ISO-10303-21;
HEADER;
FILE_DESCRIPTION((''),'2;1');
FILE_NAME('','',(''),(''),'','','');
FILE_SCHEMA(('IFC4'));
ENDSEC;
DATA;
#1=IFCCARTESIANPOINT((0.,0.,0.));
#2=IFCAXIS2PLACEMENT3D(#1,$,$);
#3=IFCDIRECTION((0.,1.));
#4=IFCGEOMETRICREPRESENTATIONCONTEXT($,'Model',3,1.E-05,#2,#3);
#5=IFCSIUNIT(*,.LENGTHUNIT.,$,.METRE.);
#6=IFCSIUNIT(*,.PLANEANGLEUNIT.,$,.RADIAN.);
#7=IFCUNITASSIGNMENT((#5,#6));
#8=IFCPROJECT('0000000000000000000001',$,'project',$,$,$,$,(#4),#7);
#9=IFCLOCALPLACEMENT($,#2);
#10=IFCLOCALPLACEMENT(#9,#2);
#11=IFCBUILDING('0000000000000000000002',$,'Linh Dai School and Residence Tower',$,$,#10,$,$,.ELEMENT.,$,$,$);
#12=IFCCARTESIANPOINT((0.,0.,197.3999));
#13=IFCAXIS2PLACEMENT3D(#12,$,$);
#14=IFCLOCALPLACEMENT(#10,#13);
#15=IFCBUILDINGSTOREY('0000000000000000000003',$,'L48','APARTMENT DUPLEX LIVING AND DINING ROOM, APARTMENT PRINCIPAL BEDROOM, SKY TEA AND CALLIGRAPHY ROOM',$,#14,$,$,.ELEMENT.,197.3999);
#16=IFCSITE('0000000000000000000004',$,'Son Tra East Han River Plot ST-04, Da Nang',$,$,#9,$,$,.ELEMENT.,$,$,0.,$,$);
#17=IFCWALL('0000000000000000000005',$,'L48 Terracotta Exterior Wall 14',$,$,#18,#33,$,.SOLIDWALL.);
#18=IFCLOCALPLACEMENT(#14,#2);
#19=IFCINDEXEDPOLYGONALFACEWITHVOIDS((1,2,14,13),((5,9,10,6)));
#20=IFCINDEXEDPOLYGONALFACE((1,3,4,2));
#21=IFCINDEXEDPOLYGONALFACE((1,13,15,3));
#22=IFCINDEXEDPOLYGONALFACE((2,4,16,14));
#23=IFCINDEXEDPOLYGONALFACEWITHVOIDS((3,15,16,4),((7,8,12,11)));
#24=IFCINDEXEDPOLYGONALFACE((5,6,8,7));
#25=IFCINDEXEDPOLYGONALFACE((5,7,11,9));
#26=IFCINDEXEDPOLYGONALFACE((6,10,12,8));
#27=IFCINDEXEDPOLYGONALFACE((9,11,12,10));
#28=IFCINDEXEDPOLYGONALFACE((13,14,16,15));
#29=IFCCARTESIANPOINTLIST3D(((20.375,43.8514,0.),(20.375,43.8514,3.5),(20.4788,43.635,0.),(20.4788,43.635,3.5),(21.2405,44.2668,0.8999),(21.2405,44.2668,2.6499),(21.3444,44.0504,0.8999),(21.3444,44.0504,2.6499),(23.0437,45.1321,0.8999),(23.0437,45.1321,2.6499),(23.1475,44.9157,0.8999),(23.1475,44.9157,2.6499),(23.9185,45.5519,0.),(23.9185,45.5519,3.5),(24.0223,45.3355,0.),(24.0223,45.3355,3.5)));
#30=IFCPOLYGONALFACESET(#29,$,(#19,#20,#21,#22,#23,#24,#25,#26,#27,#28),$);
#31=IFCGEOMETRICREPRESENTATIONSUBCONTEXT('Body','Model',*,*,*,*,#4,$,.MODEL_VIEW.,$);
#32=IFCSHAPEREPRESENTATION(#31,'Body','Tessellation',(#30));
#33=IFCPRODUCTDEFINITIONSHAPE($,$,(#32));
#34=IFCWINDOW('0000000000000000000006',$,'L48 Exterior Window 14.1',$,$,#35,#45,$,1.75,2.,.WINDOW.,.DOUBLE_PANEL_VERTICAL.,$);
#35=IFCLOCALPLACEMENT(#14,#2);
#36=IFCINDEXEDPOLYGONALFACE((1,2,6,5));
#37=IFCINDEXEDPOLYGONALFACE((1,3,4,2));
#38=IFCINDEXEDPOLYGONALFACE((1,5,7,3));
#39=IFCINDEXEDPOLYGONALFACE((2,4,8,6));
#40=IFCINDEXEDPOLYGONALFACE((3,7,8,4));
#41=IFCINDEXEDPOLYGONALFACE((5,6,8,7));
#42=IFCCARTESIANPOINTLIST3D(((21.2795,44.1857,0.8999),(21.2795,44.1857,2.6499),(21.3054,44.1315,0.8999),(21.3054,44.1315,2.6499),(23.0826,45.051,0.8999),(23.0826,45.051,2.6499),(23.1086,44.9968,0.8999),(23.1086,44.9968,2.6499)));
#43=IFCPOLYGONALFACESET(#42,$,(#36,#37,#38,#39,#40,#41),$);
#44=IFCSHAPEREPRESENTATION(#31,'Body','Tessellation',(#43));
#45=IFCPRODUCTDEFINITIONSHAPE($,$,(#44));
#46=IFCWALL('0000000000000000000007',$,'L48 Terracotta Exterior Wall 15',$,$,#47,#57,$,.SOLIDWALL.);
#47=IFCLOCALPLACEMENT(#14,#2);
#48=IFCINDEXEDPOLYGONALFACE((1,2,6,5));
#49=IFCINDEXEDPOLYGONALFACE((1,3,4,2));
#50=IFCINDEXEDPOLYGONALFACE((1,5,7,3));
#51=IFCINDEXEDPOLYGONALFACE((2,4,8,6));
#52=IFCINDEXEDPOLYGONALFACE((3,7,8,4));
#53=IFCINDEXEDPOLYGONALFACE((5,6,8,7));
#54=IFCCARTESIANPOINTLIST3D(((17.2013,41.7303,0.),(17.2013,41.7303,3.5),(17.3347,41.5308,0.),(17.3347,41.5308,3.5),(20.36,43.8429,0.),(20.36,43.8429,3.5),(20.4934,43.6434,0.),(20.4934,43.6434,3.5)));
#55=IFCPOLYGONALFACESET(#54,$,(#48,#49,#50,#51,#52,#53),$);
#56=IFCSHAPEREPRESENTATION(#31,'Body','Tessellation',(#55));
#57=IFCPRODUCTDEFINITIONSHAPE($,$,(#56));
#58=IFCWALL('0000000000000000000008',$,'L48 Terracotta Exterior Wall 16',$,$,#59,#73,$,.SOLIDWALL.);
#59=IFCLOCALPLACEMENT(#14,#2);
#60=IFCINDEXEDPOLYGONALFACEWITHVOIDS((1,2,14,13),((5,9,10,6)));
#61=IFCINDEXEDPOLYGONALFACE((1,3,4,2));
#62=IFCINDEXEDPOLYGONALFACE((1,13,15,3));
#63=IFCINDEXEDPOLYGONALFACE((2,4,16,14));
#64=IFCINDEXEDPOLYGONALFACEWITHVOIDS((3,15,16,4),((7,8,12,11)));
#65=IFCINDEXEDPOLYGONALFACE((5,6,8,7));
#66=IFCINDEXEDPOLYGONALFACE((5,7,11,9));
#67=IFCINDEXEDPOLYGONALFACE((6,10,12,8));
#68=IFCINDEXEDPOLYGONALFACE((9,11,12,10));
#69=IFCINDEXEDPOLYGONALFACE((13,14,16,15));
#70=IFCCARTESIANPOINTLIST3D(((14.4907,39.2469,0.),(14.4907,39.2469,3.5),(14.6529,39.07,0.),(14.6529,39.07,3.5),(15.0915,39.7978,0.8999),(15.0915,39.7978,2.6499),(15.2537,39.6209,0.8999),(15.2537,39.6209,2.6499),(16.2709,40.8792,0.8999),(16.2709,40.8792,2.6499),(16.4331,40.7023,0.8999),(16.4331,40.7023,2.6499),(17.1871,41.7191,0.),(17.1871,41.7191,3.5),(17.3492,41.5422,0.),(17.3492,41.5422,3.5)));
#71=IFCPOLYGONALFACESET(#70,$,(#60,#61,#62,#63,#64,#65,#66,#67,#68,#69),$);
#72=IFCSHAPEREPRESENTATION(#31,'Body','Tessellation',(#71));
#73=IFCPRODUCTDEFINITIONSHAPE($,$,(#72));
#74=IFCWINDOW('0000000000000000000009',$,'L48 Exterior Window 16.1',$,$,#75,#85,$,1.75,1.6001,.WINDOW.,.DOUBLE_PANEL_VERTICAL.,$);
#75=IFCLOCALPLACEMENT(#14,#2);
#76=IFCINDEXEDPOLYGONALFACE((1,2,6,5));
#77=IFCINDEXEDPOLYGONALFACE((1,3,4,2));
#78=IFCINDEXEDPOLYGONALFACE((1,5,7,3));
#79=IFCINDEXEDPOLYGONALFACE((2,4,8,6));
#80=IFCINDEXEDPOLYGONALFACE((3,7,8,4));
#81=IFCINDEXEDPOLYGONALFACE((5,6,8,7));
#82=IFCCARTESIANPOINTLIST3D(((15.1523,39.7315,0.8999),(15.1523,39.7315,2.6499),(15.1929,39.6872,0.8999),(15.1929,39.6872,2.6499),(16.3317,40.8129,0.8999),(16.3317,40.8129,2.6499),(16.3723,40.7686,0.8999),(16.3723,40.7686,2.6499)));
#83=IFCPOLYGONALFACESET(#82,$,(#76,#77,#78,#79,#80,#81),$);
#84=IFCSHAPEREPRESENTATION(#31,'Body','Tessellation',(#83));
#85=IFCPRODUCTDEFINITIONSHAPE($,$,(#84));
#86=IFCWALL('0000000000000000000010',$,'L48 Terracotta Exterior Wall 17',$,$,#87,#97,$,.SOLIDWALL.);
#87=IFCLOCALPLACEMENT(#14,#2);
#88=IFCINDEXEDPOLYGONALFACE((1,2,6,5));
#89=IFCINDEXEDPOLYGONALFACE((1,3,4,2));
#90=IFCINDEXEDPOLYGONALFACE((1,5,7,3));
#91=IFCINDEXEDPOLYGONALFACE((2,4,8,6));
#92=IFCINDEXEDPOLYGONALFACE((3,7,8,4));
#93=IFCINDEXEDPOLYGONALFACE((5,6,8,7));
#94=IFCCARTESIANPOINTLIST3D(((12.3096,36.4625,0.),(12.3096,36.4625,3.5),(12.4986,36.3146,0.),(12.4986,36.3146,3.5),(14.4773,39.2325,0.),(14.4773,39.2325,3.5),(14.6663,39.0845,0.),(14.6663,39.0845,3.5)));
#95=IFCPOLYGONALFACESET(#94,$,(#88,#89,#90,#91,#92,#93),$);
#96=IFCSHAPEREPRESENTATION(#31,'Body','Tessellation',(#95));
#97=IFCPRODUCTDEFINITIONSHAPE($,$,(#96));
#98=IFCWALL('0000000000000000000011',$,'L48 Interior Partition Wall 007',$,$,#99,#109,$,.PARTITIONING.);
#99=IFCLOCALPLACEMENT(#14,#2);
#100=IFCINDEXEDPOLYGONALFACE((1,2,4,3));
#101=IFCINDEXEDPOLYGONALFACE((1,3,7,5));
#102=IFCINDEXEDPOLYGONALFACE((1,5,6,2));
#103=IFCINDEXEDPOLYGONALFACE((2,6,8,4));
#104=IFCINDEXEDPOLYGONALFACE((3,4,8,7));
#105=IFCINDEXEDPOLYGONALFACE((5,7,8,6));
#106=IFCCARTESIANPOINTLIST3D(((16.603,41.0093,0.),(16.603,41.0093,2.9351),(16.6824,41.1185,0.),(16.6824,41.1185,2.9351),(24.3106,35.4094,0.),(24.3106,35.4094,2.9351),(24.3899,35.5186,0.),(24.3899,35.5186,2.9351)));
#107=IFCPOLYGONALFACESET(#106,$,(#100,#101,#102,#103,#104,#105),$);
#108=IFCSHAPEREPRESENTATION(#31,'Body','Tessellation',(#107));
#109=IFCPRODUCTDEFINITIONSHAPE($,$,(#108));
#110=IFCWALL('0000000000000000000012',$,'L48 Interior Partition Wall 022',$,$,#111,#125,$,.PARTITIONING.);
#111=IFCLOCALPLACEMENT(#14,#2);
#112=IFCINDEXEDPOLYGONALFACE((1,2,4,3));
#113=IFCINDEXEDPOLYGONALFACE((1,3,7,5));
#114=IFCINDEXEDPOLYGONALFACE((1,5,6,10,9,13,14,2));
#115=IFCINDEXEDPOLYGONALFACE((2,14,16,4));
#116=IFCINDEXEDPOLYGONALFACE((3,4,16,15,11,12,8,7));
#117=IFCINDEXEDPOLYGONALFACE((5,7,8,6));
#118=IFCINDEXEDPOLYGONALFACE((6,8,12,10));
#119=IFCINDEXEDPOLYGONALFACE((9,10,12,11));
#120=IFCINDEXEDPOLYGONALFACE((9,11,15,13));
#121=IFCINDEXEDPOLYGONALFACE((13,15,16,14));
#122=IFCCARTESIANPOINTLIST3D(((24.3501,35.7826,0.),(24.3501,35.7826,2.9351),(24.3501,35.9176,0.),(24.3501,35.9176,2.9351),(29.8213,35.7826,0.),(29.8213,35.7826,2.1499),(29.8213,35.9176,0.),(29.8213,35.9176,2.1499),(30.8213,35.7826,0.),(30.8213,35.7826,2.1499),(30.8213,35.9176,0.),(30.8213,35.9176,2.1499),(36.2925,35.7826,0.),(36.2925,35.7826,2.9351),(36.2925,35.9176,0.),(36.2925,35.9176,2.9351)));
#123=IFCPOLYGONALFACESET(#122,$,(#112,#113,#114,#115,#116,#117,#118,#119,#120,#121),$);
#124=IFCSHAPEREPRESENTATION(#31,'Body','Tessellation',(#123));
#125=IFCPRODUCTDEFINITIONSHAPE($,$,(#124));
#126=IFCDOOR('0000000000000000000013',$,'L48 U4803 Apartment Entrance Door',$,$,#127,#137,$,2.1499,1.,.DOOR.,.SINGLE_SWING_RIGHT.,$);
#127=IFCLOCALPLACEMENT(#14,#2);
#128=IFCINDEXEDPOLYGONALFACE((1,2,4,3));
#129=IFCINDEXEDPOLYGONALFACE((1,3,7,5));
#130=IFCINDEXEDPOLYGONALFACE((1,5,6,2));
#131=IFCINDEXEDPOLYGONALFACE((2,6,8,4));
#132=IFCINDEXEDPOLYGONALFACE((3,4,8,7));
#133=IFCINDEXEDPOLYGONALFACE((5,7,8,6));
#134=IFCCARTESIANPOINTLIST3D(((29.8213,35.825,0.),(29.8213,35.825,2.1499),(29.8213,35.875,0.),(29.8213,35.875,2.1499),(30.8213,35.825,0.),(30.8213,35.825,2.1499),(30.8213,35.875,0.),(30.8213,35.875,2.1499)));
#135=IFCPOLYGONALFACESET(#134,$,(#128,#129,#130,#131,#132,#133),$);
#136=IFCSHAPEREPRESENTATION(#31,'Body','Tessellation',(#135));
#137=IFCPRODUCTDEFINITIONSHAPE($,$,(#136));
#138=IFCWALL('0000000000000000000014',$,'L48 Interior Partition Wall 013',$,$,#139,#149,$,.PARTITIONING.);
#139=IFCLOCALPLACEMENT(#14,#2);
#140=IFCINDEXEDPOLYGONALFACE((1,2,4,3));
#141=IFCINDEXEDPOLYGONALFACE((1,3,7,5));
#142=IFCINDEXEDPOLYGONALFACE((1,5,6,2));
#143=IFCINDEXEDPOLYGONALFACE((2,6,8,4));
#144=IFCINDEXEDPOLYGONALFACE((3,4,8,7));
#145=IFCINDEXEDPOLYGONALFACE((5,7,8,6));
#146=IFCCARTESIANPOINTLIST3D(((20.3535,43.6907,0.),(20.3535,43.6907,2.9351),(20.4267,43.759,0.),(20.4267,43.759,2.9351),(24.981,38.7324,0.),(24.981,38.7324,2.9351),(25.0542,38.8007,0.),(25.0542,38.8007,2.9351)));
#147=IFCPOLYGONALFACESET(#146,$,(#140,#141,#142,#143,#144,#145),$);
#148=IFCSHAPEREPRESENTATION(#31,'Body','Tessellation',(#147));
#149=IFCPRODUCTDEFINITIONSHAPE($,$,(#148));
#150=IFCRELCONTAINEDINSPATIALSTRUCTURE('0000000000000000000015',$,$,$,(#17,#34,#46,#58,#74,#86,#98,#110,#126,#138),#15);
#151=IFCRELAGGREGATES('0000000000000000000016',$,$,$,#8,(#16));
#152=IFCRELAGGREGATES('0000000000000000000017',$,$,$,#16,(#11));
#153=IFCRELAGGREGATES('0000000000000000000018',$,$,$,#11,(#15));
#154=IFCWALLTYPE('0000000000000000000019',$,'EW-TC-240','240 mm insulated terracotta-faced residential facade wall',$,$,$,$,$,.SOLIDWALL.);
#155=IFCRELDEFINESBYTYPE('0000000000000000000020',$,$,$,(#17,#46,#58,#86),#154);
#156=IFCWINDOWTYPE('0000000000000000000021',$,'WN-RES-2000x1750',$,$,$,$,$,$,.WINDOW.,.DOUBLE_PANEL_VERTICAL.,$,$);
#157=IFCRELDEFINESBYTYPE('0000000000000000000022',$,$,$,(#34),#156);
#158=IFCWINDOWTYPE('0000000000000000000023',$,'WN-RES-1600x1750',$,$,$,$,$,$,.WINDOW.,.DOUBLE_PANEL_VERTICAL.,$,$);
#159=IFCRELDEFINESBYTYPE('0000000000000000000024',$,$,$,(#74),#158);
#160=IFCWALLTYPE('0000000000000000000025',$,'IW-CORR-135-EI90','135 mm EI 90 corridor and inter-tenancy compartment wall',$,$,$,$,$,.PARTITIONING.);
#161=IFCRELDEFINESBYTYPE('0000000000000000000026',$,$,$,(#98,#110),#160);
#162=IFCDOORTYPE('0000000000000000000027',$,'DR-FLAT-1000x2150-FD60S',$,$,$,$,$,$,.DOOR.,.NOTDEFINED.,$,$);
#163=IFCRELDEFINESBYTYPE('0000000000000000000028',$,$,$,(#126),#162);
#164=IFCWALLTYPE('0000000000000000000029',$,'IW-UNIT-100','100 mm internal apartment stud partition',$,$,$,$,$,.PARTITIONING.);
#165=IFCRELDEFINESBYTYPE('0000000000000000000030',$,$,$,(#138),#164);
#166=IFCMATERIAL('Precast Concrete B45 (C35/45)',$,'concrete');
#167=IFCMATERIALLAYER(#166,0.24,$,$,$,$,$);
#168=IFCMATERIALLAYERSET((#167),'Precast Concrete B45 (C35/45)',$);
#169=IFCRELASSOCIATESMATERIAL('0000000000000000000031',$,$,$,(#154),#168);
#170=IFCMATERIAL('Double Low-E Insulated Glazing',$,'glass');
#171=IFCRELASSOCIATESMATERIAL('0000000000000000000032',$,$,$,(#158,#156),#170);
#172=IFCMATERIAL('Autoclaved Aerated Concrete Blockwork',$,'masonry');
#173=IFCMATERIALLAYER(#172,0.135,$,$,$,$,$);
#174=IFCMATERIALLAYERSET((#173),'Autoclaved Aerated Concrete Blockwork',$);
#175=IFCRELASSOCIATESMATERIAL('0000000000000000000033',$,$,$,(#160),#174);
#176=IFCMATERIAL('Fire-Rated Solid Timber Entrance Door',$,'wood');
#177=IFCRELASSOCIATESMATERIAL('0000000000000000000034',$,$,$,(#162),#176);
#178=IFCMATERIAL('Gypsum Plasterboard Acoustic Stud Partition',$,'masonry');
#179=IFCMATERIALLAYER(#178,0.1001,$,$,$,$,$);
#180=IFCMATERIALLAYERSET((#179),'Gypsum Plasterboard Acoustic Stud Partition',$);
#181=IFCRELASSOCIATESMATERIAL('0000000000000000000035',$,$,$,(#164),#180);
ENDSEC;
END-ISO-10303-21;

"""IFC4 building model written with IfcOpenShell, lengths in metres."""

from ifc_helpers import new_model, si_unit, direction, frame, frame_2d, origin, origin_2d, place, context, subcontext, project, spatial, rectangle, extrude, source, transform, mapped, material, layer, layer_set, type_object, element, fill, save


model = new_model("IFC4")

# Units and contexts
model_context = context("Model", 3, precision=1e-05, world=origin(), true_north=direction((0.0, 1.0)))
body_context = subcontext(model_context, "Body", "Model", "MODEL_VIEW")
ifc_project = project(units=[si_unit("LENGTHUNIT", "METRE"), si_unit("PLANEANGLEUNIT", "RADIAN")], contexts=[model_context])

# Site, building, storey
site_placement = place(None, origin())
site = spatial("IfcSite", under=ifc_project, at=site_placement, Name="Son Tra East Han River Plot ST-04, Da Nang", CompositionType="ELEMENT", RefElevation=0.0)
building_placement = place(site_placement, origin())
building = spatial("IfcBuilding", under=site, at=building_placement, Name="Linh Dai School and Residence Tower", CompositionType="ELEMENT")
storey_placement = place(building_placement, frame((0.0, 0.0, 197.3999)))
storey = spatial("IfcBuildingStorey", under=building, at=storey_placement, Name="L48", Description="APARTMENT DUPLEX LIVING AND DINING ROOM, APARTMENT PRINCIPAL BEDROOM, SKY TEA AND CALLIGRAPHY ROOM", CompositionType="ELEMENT", Elevation=197.3999)

# Shared definitions
ifc_material_1 = material(Name="Precast Concrete B45 (C35/45)", Category="concrete")

# Wall, opening, window
ifc_layer_1 = layer(ifc_material_1, 0.24)
ifc_layer_set_1 = layer_set([ifc_layer_1], Name="Precast Concrete B45 (C35/45)")
wall_type_1 = type_object("IfcWallType", Name="EW-TC-240", Description="240 mm insulated terracotta-faced residential facade wall", PredefinedType="SOLIDWALL", material=ifc_layer_set_1)
ifc_material_2 = material(Name="Double Low-E Insulated Glazing", Category="glass")
window_type_1 = type_object("IfcWindowType", Name="WN-RES-1600x1750", PartitioningType="DOUBLE_PANEL_VERTICAL", PredefinedType="WINDOW", material=ifc_material_2)
shared_shape_1 = source(origin(), body_context, "Body", "SweptSolid", [
    extrude(rectangle(XDim=1.6001, YDim=1.75, at=origin_2d()), frame((0.8, 0.03, 0.875), z_axis=(0.0, -1.0, 0.0), x_axis=(1.0, 0.0, 0.0)), (0.0, 0.0, 1.0), 0.0601),
])
wall_1_placement = place(storey_placement, frame((20.4268, 43.7432, 0.0), z_axis=(0.0, 0.0, 1.0), x_axis=(0.901565, 0.432644, 0.0)))
wall_1 = element("IfcWall", 1, at=wall_1_placement, inside=storey, type_object=wall_type_1, Name="L48 Terracotta Exterior Wall 14", PredefinedType="SOLIDWALL", context=body_context, shape_type="SweptSolid", body=[
    extrude(rectangle(XDim=3.9304, YDim=0.24, at=frame_2d((1.9653, 0.0))), origin(), (0.0, 0.0, 1.0), 3.5),
])
opening_1_placement = place(wall_1_placement, frame((0.9602, 0.0, 0.8999)))
opening_1 = element("IfcOpeningElement", 2, at=opening_1_placement, cuts=wall_1, PredefinedType="OPENING", context=body_context, shape_type="SweptSolid", body=[
    extrude(rectangle(XDim=2.0, YDim=1.75, at=origin_2d()), frame((1.0, 0.1299, 0.875), z_axis=(0.0, -1.0, 0.0), x_axis=(1.0, 0.0, 0.0)), (0.0, 0.0, 1.0), 0.26),
])
window_type_2 = type_object("IfcWindowType", Name="WN-RES-2000x1750", PartitioningType="DOUBLE_PANEL_VERTICAL", PredefinedType="WINDOW", material=ifc_material_2)
shared_shape_2 = source(origin(), body_context, "Body", "SweptSolid", [
    extrude(rectangle(XDim=2.0, YDim=1.75, at=origin_2d()), frame((1.0, 0.03, 0.875), z_axis=(0.0, -1.0, 0.0), x_axis=(1.0, 0.0, 0.0)), (0.0, 0.0, 1.0), 0.0601),
])
window_1_placement = place(opening_1_placement, origin())
window_1 = element("IfcWindow", 3, at=window_1_placement, inside=storey, type_object=window_type_2, Name="L48 Exterior Window 14.1", OverallHeight=1.75, OverallWidth=2.0, PartitioningType="DOUBLE_PANEL_VERTICAL", PredefinedType="WINDOW", context=body_context, shape_type="MappedRepresentation", body=[
    mapped(shared_shape_2, transform((0.0, 0.0, 0.0), x_axis=(1.0, 0.0, 0.0), y_axis=(0.0, 1.0, 0.0), z_axis=(0.0, 0.0, 1.0), scale=1.0)),
])
fill(opening_1, window_1)

# Wall
wall_2_placement = place(storey_placement, frame((17.2681, 41.6306, 0.0), z_axis=(0.0, 0.0, 1.0), x_axis=(0.831229, 0.55593, 0.0)))
element("IfcWall", 4, at=wall_2_placement, inside=storey, type_object=wall_type_1, Name="L48 Terracotta Exterior Wall 15", PredefinedType="SOLIDWALL", context=body_context, shape_type="SweptSolid", body=[
    extrude(rectangle(XDim=3.8, YDim=0.24, at=frame_2d((1.8999, 0.0))), origin(), (0.0, 0.0, 1.0), 3.5),
])

# Wall, opening, window
wall_3_placement = place(storey_placement, frame((14.5718, 39.1584, 0.0), z_axis=(0.0, 0.0, 1.0), x_axis=(0.737077, 0.675809, 0.0)))
wall_3 = element("IfcWall", 5, at=wall_3_placement, inside=storey, type_object=wall_type_1, Name="L48 Terracotta Exterior Wall 16", PredefinedType="SOLIDWALL", context=body_context, shape_type="SweptSolid", body=[
    extrude(rectangle(XDim=3.6582, YDim=0.24, at=frame_2d((1.8291, 0.0))), origin(), (0.0, 0.0, 1.0), 3.5),
])
opening_2_placement = place(wall_3_placement, frame((0.8152, 0.0, 0.8999)))
opening_2 = element("IfcOpeningElement", 6, at=opening_2_placement, cuts=wall_3, PredefinedType="OPENING", context=body_context, shape_type="SweptSolid", body=[
    extrude(rectangle(XDim=1.6001, YDim=1.75, at=origin_2d()), frame((0.8, 0.1299, 0.875), z_axis=(0.0, -1.0, 0.0), x_axis=(1.0, 0.0, 0.0)), (0.0, 0.0, 1.0), 0.26),
])
window_2_placement = place(opening_2_placement, origin())
window_2 = element("IfcWindow", 7, at=window_2_placement, inside=storey, type_object=window_type_1, Name="L48 Exterior Window 16.1", OverallHeight=1.75, OverallWidth=1.6001, PartitioningType="DOUBLE_PANEL_VERTICAL", PredefinedType="WINDOW", context=body_context, shape_type="MappedRepresentation", body=[
    mapped(shared_shape_1, transform((0.0, 0.0, 0.0), x_axis=(1.0, 0.0, 0.0), y_axis=(0.0, 1.0, 0.0), z_axis=(0.0, 0.0, 1.0), scale=1.0)),
])
fill(opening_2, window_2)

# Walls
wall_4_placement = place(storey_placement, frame((12.4041, 36.3884, 0.0), z_axis=(0.0, 0.0, 1.0), x_axis=(0.616288, 0.787521, 0.0)))
element("IfcWall", 8, at=wall_4_placement, inside=storey, type_object=wall_type_1, Name="L48 Terracotta Exterior Wall 17", PredefinedType="SOLIDWALL", context=body_context, shape_type="SweptSolid", body=[
    extrude(rectangle(XDim=3.5173, YDim=0.24, at=frame_2d((1.7588, 0.0))), origin(), (0.0, 0.0, 1.0), 3.5),
])
ifc_material_3 = material(Name="Autoclaved Aerated Concrete Blockwork", Category="masonry")
ifc_layer_2 = layer(ifc_material_3, 0.135)
ifc_layer_set_2 = layer_set([ifc_layer_2], Name="Autoclaved Aerated Concrete Blockwork")
wall_type_2 = type_object("IfcWallType", Name="IW-CORR-135-EI90", Description="135 mm EI 90 corridor and inter-tenancy compartment wall", PredefinedType="PARTITIONING", material=ifc_layer_set_2)
wall_5_placement = place(storey_placement, frame((16.6426, 41.064, 0.0), z_axis=(0.0, 0.0, 1.0), x_axis=(0.809016, -0.587786, 0.0)))
element("IfcWall", 9, at=wall_5_placement, inside=storey, type_object=wall_type_2, Name="L48 Interior Partition Wall 007", PredefinedType="PARTITIONING", context=body_context, shape_type="SweptSolid", body=[
    extrude(rectangle(XDim=9.5271, YDim=0.135, at=frame_2d((4.7637, 0.0))), origin(), (0.0, 0.0, 1.0), 2.9351),
])

# Wall, opening, door
wall_6_placement = place(storey_placement, frame((24.3501, 35.8501, 0.0), z_axis=(0.0, 0.0, 1.0), x_axis=(1.0, 0.0, 0.0)))
wall_6 = element("IfcWall", 10, at=wall_6_placement, inside=storey, type_object=wall_type_2, Name="L48 Interior Partition Wall 022", PredefinedType="PARTITIONING", context=body_context, shape_type="SweptSolid", body=[
    extrude(rectangle(XDim=11.9424, YDim=0.135, at=frame_2d((5.9712, 0.0))), origin(), (0.0, 0.0, 1.0), 2.9351),
])
opening_3_placement = place(wall_6_placement, frame((5.4712, 0.0, 0.0)))
opening_3 = element("IfcOpeningElement", 11, at=opening_3_placement, cuts=wall_6, PredefinedType="OPENING", context=body_context, shape_type="SweptSolid", body=[
    extrude(rectangle(XDim=1.0, YDim=2.1499, at=origin_2d()), frame((0.5, 0.0776, 1.075), z_axis=(0.0, -1.0, 0.0), x_axis=(1.0, 0.0, 0.0)), (0.0, 0.0, 1.0), 0.155),
])
ifc_material_4 = material(Name="Fire-Rated Solid Timber Entrance Door", Category="wood")
door_type_1 = type_object("IfcDoorType", Name="DR-FLAT-1000x2150-FD60S", OperationType="NOTDEFINED", PredefinedType="DOOR", material=ifc_material_4)
shared_shape_3 = source(origin(), body_context, "Body", "SweptSolid", [
    extrude(rectangle(XDim=1.0, YDim=2.1499, at=origin_2d()), frame((0.5, 0.0249, 1.075), z_axis=(0.0, -1.0, 0.0), x_axis=(1.0, 0.0, 0.0)), (0.0, 0.0, 1.0), 0.05),
])
door_1_placement = place(opening_3_placement, origin())
door_1 = element("IfcDoor", 12, at=door_1_placement, inside=storey, type_object=door_type_1, Name="L48 U4803 Apartment Entrance Door", OperationType="SINGLE_SWING_RIGHT", OverallHeight=2.1499, OverallWidth=1.0, PredefinedType="DOOR", context=body_context, shape_type="MappedRepresentation", body=[
    mapped(shared_shape_3, transform((0.0, 0.0, 0.0), x_axis=(1.0, 0.0, 0.0), y_axis=(0.0, 1.0, 0.0), z_axis=(0.0, 0.0, 1.0), scale=1.0)),
])
fill(opening_3, door_1)

# Wall
ifc_material_5 = material(Name="Gypsum Plasterboard Acoustic Stud Partition", Category="masonry")
ifc_layer_3 = layer(ifc_material_5, 0.1001)
ifc_layer_set_3 = layer_set([ifc_layer_3], Name="Gypsum Plasterboard Acoustic Stud Partition")
wall_type_3 = type_object("IfcWallType", Name="IW-UNIT-100", Description="100 mm internal apartment stud partition", PredefinedType="PARTITIONING", material=ifc_layer_set_3)
wall_7_placement = place(storey_placement, frame((20.3901, 43.7249, 0.0), z_axis=(0.0, 0.0, 1.0), x_axis=(0.682298, -0.731074, 0.0)))
element("IfcWall", 13, at=wall_7_placement, inside=storey, type_object=wall_type_3, Name="L48 Interior Partition Wall 013", PredefinedType="PARTITIONING", context=body_context, shape_type="SweptSolid", body=[
    extrude(rectangle(XDim=6.7822, YDim=0.1001, at=frame_2d((3.3911, 0.0))), origin(), (0.0, 0.0, 1.0), 2.9351),
])

save(model, "model.ifc")
